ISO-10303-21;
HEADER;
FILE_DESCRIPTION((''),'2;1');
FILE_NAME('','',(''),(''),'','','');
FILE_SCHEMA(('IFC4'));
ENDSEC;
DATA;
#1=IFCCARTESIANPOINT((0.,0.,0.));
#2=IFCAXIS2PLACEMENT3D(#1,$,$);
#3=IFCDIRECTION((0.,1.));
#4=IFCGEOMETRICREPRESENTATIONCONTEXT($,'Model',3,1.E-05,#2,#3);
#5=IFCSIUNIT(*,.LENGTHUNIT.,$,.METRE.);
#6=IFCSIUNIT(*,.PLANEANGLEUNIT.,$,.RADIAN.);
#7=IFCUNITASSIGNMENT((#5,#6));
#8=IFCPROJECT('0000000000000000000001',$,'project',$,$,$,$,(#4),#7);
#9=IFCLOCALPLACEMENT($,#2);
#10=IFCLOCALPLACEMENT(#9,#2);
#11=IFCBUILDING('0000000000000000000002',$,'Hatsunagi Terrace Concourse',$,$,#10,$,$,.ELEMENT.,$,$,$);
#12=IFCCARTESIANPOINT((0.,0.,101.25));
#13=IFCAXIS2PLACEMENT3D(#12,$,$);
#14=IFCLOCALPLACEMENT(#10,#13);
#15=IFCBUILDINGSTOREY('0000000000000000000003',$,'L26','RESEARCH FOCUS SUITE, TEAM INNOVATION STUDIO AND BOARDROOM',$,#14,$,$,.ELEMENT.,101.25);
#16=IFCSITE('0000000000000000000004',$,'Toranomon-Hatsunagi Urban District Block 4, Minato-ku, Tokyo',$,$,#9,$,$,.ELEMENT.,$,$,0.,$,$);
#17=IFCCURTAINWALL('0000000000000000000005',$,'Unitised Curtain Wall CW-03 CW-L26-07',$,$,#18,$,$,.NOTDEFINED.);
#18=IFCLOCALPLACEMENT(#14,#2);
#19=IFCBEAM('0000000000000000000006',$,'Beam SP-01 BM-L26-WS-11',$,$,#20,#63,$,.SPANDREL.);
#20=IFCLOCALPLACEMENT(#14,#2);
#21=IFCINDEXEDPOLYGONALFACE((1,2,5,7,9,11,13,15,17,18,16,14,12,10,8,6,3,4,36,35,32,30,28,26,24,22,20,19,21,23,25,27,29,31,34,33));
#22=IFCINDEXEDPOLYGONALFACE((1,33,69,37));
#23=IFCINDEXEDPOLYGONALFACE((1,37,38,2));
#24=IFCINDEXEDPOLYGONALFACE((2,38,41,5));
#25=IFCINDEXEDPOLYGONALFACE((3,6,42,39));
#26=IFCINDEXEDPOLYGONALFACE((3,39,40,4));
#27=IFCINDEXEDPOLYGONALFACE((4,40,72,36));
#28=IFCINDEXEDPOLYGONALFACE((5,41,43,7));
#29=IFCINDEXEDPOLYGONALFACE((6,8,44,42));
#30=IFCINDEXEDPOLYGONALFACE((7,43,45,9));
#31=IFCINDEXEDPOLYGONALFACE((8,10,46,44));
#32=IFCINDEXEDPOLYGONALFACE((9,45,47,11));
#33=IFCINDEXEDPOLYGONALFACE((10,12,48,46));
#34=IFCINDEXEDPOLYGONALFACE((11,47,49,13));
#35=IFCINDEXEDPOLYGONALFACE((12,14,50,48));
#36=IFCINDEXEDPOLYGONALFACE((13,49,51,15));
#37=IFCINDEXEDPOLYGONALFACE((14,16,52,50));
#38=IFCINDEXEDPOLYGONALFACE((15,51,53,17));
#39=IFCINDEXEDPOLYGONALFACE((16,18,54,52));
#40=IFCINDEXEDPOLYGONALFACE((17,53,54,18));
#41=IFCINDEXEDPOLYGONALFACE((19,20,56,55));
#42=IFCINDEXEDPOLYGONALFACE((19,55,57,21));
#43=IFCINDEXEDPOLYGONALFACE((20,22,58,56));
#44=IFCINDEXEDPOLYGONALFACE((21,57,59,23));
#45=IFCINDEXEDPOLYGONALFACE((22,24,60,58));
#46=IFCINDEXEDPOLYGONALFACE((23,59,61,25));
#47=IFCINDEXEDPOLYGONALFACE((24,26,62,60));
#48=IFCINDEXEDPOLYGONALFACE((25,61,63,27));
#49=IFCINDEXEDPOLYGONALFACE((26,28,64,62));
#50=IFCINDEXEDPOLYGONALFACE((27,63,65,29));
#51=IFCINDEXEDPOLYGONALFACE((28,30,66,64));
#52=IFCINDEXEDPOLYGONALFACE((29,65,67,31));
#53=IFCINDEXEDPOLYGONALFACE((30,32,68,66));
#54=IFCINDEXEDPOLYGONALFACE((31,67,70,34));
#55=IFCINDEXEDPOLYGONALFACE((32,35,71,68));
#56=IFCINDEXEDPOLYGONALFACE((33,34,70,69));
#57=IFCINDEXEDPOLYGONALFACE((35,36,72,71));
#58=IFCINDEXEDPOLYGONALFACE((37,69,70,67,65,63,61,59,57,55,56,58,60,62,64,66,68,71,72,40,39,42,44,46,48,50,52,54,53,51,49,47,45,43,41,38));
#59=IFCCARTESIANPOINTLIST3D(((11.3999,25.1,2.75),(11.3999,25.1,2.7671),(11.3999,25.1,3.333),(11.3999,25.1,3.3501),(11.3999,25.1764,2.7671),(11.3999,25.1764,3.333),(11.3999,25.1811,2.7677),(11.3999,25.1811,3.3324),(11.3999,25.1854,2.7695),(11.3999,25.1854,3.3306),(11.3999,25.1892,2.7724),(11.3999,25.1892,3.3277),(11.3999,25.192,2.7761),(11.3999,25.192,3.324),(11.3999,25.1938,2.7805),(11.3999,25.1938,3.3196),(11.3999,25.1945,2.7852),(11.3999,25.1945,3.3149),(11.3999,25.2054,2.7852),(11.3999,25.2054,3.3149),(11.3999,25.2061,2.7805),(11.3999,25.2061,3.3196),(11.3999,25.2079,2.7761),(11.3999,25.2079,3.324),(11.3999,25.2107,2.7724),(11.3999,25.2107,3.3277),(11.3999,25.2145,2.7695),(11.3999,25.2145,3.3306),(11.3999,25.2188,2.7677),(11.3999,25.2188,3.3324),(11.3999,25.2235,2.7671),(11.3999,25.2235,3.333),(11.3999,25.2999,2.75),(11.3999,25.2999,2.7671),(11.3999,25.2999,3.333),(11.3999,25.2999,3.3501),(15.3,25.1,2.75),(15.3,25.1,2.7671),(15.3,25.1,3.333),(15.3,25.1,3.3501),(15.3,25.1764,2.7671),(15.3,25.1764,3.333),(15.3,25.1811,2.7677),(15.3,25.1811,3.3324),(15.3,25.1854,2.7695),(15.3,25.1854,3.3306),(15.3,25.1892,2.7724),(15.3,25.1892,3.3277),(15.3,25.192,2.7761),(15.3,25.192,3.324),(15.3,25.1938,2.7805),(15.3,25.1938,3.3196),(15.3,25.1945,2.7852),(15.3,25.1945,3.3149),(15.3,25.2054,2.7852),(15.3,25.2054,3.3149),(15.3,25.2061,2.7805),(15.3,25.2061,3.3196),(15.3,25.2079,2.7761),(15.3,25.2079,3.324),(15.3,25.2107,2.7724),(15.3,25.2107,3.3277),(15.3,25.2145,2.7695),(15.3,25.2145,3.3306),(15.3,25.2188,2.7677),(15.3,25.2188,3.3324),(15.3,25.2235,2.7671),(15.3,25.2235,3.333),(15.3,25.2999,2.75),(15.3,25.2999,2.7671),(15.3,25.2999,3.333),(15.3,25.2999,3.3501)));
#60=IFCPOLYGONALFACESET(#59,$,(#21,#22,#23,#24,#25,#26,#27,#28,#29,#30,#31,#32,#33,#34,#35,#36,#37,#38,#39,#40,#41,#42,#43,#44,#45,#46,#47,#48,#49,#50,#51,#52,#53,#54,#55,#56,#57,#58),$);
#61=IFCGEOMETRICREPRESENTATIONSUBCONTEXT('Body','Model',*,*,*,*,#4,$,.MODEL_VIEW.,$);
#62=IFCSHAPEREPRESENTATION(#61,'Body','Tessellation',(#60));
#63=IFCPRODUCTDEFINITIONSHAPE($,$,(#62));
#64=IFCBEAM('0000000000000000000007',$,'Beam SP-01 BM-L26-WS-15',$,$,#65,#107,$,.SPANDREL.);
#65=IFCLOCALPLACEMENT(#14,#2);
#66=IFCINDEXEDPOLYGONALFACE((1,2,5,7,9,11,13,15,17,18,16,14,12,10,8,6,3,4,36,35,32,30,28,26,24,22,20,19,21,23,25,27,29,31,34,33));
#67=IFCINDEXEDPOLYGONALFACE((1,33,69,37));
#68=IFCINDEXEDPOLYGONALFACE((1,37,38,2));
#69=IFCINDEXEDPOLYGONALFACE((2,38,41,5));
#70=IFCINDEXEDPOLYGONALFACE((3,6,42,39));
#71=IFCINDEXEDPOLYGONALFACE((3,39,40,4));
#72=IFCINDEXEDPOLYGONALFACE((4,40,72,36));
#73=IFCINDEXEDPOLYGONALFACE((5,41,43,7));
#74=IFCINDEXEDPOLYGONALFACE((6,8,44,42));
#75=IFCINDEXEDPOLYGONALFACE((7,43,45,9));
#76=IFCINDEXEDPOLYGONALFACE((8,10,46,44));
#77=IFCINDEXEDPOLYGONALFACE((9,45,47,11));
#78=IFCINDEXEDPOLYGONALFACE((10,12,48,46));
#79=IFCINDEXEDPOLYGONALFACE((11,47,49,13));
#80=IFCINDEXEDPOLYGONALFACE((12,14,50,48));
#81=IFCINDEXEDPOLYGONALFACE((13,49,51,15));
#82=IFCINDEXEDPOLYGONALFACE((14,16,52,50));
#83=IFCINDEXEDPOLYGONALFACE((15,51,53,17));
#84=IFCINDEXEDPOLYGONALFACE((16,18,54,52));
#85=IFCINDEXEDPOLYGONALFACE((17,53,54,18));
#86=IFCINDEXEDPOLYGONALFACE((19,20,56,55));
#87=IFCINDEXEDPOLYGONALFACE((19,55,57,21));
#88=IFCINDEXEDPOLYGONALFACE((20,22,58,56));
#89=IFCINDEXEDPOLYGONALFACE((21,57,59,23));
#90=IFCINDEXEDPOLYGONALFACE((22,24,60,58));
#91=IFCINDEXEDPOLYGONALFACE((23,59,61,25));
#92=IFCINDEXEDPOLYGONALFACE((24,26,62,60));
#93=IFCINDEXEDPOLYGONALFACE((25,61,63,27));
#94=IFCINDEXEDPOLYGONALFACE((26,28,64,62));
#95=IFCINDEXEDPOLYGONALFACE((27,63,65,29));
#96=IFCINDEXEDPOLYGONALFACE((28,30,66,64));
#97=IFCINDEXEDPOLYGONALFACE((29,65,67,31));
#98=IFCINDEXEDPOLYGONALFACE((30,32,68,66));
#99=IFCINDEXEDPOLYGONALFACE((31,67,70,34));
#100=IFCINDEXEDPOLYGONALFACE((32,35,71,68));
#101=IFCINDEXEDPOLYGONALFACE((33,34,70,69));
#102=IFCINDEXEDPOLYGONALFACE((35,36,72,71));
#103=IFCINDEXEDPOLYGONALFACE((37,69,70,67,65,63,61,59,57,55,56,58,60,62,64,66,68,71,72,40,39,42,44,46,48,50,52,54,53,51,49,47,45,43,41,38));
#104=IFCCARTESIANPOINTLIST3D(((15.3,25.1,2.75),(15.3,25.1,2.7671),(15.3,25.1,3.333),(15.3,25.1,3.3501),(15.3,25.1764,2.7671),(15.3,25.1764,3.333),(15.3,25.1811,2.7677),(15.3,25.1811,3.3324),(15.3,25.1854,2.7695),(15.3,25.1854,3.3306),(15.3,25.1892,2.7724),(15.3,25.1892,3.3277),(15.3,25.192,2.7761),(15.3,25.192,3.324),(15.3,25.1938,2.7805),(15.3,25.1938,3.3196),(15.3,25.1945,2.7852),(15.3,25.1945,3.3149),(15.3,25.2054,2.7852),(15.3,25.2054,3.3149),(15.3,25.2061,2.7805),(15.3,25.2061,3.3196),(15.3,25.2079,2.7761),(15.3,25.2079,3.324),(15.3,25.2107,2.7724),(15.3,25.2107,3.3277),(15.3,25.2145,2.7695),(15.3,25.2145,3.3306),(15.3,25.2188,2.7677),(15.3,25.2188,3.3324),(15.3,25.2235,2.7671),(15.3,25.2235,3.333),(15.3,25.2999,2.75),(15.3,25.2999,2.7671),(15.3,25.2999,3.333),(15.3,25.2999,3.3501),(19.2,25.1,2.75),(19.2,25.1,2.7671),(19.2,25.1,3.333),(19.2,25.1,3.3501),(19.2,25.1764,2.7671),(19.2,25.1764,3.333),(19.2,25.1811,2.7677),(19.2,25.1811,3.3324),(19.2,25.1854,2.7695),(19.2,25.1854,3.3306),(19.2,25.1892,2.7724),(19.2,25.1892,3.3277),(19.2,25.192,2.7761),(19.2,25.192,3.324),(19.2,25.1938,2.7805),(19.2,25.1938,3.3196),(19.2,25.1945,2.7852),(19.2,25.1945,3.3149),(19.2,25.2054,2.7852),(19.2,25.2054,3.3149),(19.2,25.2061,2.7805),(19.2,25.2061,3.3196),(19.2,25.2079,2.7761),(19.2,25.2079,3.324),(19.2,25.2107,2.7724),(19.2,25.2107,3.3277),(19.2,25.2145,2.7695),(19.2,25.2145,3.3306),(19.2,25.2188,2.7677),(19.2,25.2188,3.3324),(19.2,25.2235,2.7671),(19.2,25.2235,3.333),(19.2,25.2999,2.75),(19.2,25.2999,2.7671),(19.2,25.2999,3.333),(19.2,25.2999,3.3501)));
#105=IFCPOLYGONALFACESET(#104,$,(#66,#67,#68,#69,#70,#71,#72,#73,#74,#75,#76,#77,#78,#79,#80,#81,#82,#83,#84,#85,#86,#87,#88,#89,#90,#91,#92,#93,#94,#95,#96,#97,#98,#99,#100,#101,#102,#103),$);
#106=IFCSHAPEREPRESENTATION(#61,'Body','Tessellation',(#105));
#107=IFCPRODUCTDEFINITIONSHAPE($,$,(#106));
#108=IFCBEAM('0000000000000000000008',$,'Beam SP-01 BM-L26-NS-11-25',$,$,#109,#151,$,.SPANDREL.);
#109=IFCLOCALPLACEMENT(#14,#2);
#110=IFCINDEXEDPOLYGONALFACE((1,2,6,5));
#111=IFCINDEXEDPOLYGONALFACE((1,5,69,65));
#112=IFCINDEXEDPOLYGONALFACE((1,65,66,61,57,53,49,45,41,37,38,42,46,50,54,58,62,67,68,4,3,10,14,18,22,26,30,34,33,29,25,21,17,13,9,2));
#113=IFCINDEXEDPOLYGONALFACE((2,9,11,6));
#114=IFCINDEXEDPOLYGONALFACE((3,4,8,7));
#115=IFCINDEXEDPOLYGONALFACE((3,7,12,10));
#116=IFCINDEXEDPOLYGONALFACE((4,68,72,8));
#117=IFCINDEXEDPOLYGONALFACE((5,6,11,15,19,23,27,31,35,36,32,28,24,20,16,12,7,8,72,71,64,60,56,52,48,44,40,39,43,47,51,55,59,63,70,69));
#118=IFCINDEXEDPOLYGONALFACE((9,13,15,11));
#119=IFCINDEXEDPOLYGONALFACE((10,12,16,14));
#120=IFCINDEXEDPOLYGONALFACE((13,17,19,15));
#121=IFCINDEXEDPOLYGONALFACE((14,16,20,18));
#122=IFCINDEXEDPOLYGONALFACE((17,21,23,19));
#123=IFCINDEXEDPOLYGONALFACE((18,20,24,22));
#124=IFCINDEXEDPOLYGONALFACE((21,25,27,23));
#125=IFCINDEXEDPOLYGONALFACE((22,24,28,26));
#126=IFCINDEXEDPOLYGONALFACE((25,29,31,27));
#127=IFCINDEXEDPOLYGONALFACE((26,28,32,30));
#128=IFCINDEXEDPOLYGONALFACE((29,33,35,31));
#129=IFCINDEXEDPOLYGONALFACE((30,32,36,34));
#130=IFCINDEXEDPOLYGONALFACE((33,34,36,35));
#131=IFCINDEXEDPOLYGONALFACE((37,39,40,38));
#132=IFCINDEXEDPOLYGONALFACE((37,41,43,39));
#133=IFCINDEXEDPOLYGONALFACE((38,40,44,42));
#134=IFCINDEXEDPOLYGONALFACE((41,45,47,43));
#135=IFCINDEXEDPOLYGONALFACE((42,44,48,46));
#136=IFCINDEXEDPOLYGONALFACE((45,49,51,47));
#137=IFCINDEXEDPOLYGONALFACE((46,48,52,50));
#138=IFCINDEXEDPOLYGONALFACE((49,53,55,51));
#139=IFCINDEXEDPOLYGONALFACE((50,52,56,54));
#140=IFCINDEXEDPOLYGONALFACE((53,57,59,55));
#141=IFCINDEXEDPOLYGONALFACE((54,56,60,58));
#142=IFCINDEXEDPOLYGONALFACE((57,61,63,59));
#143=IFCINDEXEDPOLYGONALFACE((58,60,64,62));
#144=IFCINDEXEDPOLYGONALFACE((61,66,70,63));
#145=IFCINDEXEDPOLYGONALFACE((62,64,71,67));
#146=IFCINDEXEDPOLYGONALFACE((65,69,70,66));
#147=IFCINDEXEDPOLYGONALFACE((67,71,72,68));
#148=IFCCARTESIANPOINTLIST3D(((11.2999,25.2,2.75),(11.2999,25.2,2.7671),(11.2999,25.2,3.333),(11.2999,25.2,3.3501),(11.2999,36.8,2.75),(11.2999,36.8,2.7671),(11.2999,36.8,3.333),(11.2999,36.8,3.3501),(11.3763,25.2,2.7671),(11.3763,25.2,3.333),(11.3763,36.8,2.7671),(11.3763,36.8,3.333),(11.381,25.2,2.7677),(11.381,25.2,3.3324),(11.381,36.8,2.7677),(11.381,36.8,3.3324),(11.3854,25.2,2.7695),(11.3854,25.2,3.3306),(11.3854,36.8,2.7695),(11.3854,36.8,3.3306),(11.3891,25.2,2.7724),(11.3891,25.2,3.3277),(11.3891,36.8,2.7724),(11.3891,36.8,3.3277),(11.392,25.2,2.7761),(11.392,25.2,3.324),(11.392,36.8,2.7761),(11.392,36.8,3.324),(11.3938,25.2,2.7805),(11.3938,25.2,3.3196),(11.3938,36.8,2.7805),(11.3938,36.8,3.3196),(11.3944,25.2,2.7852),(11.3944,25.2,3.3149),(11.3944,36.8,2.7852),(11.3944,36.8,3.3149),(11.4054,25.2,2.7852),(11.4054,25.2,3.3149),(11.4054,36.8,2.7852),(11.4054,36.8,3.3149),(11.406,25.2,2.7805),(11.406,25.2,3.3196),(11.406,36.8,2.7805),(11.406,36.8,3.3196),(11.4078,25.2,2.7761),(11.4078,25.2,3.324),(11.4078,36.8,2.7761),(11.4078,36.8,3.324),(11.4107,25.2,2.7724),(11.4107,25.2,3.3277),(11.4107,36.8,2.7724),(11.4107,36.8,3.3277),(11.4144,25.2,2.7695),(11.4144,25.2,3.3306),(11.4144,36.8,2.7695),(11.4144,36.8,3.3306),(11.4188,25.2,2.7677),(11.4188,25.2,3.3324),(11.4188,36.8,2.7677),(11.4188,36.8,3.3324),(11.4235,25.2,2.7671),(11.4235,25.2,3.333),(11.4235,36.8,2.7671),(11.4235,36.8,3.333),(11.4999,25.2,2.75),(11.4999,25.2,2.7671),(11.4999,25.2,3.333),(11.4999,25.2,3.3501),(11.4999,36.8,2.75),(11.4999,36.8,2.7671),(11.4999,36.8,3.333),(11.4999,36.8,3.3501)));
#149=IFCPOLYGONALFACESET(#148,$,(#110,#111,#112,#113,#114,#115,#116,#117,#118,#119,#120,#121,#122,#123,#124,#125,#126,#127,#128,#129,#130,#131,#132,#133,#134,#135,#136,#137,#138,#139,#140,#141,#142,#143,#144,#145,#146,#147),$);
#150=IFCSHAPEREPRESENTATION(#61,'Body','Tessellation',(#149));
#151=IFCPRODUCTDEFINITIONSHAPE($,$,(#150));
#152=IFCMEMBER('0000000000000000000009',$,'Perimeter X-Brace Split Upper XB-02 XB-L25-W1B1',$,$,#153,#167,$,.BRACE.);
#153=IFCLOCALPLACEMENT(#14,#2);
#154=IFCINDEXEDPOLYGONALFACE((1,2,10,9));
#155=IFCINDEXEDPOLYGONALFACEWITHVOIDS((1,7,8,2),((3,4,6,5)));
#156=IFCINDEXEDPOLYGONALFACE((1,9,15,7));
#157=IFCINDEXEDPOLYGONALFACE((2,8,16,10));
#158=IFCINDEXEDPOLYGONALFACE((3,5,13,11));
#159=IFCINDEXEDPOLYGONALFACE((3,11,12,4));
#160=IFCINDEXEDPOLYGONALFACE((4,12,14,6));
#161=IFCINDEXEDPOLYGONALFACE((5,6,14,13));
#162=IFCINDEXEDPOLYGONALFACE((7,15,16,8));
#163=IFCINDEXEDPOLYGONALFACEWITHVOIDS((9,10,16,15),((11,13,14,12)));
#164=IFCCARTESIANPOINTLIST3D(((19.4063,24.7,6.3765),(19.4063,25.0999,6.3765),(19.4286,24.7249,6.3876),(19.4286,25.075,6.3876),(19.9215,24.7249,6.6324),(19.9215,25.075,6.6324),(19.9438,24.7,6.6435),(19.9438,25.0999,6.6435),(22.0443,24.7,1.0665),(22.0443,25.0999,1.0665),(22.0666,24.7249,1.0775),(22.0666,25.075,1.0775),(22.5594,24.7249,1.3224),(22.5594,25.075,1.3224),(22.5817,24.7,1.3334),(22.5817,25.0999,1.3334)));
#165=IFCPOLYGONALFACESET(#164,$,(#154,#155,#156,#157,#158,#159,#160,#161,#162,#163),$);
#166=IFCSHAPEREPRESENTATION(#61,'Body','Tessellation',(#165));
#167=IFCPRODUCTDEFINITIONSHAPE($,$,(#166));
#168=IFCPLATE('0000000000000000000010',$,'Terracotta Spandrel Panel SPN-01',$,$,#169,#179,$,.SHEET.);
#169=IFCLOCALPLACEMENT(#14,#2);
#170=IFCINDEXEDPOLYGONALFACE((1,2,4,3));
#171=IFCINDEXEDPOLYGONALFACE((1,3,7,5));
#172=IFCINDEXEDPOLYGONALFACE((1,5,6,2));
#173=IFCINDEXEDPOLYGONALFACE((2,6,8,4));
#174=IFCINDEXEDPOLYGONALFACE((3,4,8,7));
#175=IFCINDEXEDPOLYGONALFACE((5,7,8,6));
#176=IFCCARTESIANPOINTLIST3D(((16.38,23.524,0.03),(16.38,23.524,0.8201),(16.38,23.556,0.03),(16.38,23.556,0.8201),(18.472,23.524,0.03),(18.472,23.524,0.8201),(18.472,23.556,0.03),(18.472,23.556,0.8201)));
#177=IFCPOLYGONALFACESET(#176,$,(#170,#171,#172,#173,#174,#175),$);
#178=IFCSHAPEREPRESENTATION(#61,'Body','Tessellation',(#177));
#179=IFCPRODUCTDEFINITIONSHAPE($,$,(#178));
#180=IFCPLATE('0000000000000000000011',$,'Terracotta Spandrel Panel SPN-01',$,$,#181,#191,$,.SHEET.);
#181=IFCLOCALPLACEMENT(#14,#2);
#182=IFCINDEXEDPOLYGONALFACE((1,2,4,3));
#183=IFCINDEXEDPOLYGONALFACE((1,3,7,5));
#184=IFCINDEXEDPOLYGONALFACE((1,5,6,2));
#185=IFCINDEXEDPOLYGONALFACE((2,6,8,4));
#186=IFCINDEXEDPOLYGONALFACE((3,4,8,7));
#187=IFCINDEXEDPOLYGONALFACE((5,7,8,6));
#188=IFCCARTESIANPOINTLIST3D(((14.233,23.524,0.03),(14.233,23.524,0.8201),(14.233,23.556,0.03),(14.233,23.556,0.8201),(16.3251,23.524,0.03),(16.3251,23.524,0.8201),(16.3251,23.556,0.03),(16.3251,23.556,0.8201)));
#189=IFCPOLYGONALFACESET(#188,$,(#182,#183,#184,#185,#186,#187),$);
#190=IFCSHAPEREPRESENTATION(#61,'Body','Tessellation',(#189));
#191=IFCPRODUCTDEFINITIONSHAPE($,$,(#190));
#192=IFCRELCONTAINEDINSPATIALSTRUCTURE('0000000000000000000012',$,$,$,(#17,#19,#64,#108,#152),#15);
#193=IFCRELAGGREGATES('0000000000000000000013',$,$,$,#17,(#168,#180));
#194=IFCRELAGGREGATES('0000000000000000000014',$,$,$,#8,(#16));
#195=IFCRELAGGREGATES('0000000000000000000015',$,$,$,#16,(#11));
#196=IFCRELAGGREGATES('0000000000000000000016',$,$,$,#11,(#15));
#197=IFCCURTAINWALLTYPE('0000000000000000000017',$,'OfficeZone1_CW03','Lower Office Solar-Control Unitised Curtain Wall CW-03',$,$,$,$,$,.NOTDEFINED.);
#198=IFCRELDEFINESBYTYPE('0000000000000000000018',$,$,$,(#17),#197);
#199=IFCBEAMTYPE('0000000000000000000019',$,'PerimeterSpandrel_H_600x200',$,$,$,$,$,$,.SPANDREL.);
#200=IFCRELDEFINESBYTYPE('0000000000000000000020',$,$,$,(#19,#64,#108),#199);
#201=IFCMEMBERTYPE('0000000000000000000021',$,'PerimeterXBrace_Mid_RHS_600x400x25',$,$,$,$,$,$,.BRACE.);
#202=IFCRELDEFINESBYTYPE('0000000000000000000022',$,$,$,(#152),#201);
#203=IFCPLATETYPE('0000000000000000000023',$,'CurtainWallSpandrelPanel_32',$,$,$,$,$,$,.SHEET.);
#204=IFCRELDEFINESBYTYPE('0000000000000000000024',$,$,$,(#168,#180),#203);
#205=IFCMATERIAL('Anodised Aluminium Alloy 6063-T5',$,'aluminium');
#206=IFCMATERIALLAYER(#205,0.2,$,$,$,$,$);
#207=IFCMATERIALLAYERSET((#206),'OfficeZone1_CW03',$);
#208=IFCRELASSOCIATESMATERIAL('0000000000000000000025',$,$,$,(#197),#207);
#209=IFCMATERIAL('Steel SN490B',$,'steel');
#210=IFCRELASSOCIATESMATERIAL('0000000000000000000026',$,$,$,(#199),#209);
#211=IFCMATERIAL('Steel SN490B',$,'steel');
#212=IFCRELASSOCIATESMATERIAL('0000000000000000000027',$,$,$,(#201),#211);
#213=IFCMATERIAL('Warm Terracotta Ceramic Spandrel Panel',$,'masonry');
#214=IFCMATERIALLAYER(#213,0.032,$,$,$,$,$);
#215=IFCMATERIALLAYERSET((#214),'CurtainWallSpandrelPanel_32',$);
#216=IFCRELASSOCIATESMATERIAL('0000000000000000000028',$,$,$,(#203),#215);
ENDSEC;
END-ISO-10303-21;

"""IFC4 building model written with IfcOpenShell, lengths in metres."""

from ifc_helpers import new_model, si_unit, direction, frame, origin, origin_2d, place, context, subcontext, project, spatial, rectangle, hollow_rectangle, i_section, extrude, material, layer, layer_set, material_profile, profile_set, type_object, element, aggregate, save


model = new_model("IFC4")

# Units and contexts
model_context = context("Model", 3, precision=1e-05, world=origin(), true_north=direction((0.0, 1.0)))
body_context = subcontext(model_context, "Body", "Model", "MODEL_VIEW")
ifc_project = project(units=[si_unit("LENGTHUNIT", "METRE"), si_unit("PLANEANGLEUNIT", "RADIAN")], contexts=[model_context])

# Site, building, storey
site_placement = place(None, origin())
site = spatial("IfcSite", under=ifc_project, at=site_placement, Name="Toranomon-Hatsunagi Urban District Block 4, Minato-ku, Tokyo", CompositionType="ELEMENT", RefElevation=0.0)
building_placement = place(site_placement, origin())
building = spatial("IfcBuilding", under=site, at=building_placement, Name="Hatsunagi Terrace Concourse", CompositionType="ELEMENT")
storey_placement = place(building_placement, frame((0.0, 0.0, 101.25)))
storey = spatial("IfcBuildingStorey", under=building, at=storey_placement, Name="L26", Description="RESEARCH FOCUS SUITE, TEAM INNOVATION STUDIO AND BOARDROOM", CompositionType="ELEMENT", Elevation=101.25)

# Curtain wall
ifc_material_1 = material(Name="Anodised Aluminium Alloy 6063-T5", Category="aluminium")
ifc_layer_1 = layer(ifc_material_1, 0.2)
ifc_layer_set_1 = layer_set([ifc_layer_1], Name="OfficeZone1_CW03")
curtain_wall_type = type_object("IfcCurtainWallType", Name="OfficeZone1_CW03", Description="Lower Office Solar-Control Unitised Curtain Wall CW-03", PredefinedType="NOTDEFINED", material=ifc_layer_set_1)
curtain_wall_placement = place(storey_placement, origin())
curtain_wall = element("IfcCurtainWall", 1, at=curtain_wall_placement, inside=storey, type_object=curtain_wall_type, Name="Unitised Curtain Wall CW-03 CW-L26-07", PredefinedType="NOTDEFINED")

# Beams
ifc_material_2 = material(Name="Steel SN490B", Category="steel")
ifc_material_profile_1 = material_profile(ifc_material_2, i_section(OverallWidth=0.2, OverallDepth=0.6001, WebThickness=0.011, FlangeThickness=0.0171, FilletRadius=0.0181, at=origin_2d()), Name="H-600x200x11x17")
ifc_profile_set_1 = profile_set([ifc_material_profile_1], Name="Steel SN490B")
beam_type = type_object("IfcBeamType", Name="PerimeterSpandrel_H_600x200", PredefinedType="SPANDREL", material=ifc_profile_set_1)
beam_1_placement = place(storey_placement, frame((11.3999, 25.2, 3.05), z_axis=(1.0, 0.0, 0.0), x_axis=(0.0, 1.0, 0.0)))
element("IfcBeam", 2, at=beam_1_placement, inside=storey, type_object=beam_type, Name="Beam SP-01 BM-L26-WS-11", PredefinedType="SPANDREL", context=body_context, shape_type="SweptSolid", body=[
    extrude(i_section(OverallWidth=0.2, OverallDepth=0.6001, WebThickness=0.011, FlangeThickness=0.0171, FilletRadius=0.0181, at=origin_2d()), origin(), (0.0, 0.0, 1.0), 3.9001),
])
beam_2_placement = place(storey_placement, frame((15.3, 25.2, 3.05), z_axis=(1.0, 0.0, 0.0), x_axis=(0.0, 1.0, 0.0)))
element("IfcBeam", 3, at=beam_2_placement, inside=storey, type_object=beam_type, Name="Beam SP-01 BM-L26-WS-15", PredefinedType="SPANDREL", context=body_context, shape_type="SweptSolid", body=[
    extrude(i_section(OverallWidth=0.2, OverallDepth=0.6001, WebThickness=0.011, FlangeThickness=0.0171, FilletRadius=0.0181, at=origin_2d()), origin(), (0.0, 0.0, 1.0), 3.8999),
])
beam_3_placement = place(storey_placement, frame((11.3999, 25.2, 3.05), z_axis=(0.0, 1.0, 0.0), x_axis=(-1.0, 0.0, 0.0)))
element("IfcBeam", 4, at=beam_3_placement, inside=storey, type_object=beam_type, Name="Beam SP-01 BM-L26-NS-11-25", PredefinedType="SPANDREL", context=body_context, shape_type="SweptSolid", body=[
    extrude(i_section(OverallWidth=0.2, OverallDepth=0.6001, WebThickness=0.011, FlangeThickness=0.0171, FilletRadius=0.0181, at=origin_2d()), origin(), (0.0, 0.0, 1.0), 11.6001),
])

# Member
ifc_material_3 = material(Name="Steel SN490B", Category="steel")
ifc_material_profile_2 = material_profile(ifc_material_3, hollow_rectangle(XDim=0.3999, YDim=0.6001, WallThickness=0.0249, at=origin_2d()), Name="RHS-600x400x25")
ifc_profile_set_2 = profile_set([ifc_material_profile_2], Name="Steel SN490B")
member_type_1 = type_object("IfcMemberType", Name="PerimeterXBrace_Mid_RHS_600x400x25", PredefinedType="BRACE", material=ifc_profile_set_2)
member_1_placement = place(storey_placement, frame((19.675, 24.8999, 6.51), z_axis=(0.444906, 0.0, -0.895577), x_axis=(0.0, 1.0, 0.0)))
element("IfcMember", 5, at=member_1_placement, inside=storey, type_object=member_type_1, Name="Perimeter X-Brace Split Upper XB-02 XB-L25-W1B1", PredefinedType="BRACE", context=body_context, shape_type="SweptSolid", body=[
    extrude(hollow_rectangle(XDim=0.3999, YDim=0.6001, WallThickness=0.0249, at=origin_2d()), origin(), (0.0, 0.0, 1.0), 5.9292),
])

# Plates
ifc_material_4 = material(Name="Warm Terracotta Ceramic Spandrel Panel", Category="masonry")
ifc_layer_2 = layer(ifc_material_4, 0.032)
ifc_layer_set_2 = layer_set([ifc_layer_2], Name="CurtainWallSpandrelPanel_32")
plate_type_1 = type_object("IfcPlateType", Name="CurtainWallSpandrelPanel_32", PredefinedType="SHEET", material=ifc_layer_set_2)
plate_1_placement = place(storey_placement, frame((17.426, 23.54, 0.03), z_axis=(0.0, 0.0, 1.0), x_axis=(-1.0, 0.0, 0.0)))
plate_1 = element("IfcPlate", 6, at=plate_1_placement, type_object=plate_type_1, Name="Terracotta Spandrel Panel SPN-01", PredefinedType="SHEET", context=body_context, shape_type="SweptSolid", body=[
    extrude(rectangle(XDim=2.092, YDim=0.032, at=origin_2d()), origin(), (0.0, 0.0, 1.0), 0.79),
])
plate_2_placement = place(storey_placement, frame((15.2791, 23.54, 0.03), z_axis=(0.0, 0.0, 1.0), x_axis=(-1.0, 0.0, 0.0)))
plate_2 = element("IfcPlate", 7, at=plate_2_placement, type_object=plate_type_1, Name="Terracotta Spandrel Panel SPN-01", PredefinedType="SHEET", context=body_context, shape_type="SweptSolid", body=[
    extrude(rectangle(XDim=2.092, YDim=0.032, at=origin_2d()), origin(), (0.0, 0.0, 1.0), 0.79),
])
aggregate(curtain_wall, [plate_1, plate_2])

save(model, "model.ifc")
